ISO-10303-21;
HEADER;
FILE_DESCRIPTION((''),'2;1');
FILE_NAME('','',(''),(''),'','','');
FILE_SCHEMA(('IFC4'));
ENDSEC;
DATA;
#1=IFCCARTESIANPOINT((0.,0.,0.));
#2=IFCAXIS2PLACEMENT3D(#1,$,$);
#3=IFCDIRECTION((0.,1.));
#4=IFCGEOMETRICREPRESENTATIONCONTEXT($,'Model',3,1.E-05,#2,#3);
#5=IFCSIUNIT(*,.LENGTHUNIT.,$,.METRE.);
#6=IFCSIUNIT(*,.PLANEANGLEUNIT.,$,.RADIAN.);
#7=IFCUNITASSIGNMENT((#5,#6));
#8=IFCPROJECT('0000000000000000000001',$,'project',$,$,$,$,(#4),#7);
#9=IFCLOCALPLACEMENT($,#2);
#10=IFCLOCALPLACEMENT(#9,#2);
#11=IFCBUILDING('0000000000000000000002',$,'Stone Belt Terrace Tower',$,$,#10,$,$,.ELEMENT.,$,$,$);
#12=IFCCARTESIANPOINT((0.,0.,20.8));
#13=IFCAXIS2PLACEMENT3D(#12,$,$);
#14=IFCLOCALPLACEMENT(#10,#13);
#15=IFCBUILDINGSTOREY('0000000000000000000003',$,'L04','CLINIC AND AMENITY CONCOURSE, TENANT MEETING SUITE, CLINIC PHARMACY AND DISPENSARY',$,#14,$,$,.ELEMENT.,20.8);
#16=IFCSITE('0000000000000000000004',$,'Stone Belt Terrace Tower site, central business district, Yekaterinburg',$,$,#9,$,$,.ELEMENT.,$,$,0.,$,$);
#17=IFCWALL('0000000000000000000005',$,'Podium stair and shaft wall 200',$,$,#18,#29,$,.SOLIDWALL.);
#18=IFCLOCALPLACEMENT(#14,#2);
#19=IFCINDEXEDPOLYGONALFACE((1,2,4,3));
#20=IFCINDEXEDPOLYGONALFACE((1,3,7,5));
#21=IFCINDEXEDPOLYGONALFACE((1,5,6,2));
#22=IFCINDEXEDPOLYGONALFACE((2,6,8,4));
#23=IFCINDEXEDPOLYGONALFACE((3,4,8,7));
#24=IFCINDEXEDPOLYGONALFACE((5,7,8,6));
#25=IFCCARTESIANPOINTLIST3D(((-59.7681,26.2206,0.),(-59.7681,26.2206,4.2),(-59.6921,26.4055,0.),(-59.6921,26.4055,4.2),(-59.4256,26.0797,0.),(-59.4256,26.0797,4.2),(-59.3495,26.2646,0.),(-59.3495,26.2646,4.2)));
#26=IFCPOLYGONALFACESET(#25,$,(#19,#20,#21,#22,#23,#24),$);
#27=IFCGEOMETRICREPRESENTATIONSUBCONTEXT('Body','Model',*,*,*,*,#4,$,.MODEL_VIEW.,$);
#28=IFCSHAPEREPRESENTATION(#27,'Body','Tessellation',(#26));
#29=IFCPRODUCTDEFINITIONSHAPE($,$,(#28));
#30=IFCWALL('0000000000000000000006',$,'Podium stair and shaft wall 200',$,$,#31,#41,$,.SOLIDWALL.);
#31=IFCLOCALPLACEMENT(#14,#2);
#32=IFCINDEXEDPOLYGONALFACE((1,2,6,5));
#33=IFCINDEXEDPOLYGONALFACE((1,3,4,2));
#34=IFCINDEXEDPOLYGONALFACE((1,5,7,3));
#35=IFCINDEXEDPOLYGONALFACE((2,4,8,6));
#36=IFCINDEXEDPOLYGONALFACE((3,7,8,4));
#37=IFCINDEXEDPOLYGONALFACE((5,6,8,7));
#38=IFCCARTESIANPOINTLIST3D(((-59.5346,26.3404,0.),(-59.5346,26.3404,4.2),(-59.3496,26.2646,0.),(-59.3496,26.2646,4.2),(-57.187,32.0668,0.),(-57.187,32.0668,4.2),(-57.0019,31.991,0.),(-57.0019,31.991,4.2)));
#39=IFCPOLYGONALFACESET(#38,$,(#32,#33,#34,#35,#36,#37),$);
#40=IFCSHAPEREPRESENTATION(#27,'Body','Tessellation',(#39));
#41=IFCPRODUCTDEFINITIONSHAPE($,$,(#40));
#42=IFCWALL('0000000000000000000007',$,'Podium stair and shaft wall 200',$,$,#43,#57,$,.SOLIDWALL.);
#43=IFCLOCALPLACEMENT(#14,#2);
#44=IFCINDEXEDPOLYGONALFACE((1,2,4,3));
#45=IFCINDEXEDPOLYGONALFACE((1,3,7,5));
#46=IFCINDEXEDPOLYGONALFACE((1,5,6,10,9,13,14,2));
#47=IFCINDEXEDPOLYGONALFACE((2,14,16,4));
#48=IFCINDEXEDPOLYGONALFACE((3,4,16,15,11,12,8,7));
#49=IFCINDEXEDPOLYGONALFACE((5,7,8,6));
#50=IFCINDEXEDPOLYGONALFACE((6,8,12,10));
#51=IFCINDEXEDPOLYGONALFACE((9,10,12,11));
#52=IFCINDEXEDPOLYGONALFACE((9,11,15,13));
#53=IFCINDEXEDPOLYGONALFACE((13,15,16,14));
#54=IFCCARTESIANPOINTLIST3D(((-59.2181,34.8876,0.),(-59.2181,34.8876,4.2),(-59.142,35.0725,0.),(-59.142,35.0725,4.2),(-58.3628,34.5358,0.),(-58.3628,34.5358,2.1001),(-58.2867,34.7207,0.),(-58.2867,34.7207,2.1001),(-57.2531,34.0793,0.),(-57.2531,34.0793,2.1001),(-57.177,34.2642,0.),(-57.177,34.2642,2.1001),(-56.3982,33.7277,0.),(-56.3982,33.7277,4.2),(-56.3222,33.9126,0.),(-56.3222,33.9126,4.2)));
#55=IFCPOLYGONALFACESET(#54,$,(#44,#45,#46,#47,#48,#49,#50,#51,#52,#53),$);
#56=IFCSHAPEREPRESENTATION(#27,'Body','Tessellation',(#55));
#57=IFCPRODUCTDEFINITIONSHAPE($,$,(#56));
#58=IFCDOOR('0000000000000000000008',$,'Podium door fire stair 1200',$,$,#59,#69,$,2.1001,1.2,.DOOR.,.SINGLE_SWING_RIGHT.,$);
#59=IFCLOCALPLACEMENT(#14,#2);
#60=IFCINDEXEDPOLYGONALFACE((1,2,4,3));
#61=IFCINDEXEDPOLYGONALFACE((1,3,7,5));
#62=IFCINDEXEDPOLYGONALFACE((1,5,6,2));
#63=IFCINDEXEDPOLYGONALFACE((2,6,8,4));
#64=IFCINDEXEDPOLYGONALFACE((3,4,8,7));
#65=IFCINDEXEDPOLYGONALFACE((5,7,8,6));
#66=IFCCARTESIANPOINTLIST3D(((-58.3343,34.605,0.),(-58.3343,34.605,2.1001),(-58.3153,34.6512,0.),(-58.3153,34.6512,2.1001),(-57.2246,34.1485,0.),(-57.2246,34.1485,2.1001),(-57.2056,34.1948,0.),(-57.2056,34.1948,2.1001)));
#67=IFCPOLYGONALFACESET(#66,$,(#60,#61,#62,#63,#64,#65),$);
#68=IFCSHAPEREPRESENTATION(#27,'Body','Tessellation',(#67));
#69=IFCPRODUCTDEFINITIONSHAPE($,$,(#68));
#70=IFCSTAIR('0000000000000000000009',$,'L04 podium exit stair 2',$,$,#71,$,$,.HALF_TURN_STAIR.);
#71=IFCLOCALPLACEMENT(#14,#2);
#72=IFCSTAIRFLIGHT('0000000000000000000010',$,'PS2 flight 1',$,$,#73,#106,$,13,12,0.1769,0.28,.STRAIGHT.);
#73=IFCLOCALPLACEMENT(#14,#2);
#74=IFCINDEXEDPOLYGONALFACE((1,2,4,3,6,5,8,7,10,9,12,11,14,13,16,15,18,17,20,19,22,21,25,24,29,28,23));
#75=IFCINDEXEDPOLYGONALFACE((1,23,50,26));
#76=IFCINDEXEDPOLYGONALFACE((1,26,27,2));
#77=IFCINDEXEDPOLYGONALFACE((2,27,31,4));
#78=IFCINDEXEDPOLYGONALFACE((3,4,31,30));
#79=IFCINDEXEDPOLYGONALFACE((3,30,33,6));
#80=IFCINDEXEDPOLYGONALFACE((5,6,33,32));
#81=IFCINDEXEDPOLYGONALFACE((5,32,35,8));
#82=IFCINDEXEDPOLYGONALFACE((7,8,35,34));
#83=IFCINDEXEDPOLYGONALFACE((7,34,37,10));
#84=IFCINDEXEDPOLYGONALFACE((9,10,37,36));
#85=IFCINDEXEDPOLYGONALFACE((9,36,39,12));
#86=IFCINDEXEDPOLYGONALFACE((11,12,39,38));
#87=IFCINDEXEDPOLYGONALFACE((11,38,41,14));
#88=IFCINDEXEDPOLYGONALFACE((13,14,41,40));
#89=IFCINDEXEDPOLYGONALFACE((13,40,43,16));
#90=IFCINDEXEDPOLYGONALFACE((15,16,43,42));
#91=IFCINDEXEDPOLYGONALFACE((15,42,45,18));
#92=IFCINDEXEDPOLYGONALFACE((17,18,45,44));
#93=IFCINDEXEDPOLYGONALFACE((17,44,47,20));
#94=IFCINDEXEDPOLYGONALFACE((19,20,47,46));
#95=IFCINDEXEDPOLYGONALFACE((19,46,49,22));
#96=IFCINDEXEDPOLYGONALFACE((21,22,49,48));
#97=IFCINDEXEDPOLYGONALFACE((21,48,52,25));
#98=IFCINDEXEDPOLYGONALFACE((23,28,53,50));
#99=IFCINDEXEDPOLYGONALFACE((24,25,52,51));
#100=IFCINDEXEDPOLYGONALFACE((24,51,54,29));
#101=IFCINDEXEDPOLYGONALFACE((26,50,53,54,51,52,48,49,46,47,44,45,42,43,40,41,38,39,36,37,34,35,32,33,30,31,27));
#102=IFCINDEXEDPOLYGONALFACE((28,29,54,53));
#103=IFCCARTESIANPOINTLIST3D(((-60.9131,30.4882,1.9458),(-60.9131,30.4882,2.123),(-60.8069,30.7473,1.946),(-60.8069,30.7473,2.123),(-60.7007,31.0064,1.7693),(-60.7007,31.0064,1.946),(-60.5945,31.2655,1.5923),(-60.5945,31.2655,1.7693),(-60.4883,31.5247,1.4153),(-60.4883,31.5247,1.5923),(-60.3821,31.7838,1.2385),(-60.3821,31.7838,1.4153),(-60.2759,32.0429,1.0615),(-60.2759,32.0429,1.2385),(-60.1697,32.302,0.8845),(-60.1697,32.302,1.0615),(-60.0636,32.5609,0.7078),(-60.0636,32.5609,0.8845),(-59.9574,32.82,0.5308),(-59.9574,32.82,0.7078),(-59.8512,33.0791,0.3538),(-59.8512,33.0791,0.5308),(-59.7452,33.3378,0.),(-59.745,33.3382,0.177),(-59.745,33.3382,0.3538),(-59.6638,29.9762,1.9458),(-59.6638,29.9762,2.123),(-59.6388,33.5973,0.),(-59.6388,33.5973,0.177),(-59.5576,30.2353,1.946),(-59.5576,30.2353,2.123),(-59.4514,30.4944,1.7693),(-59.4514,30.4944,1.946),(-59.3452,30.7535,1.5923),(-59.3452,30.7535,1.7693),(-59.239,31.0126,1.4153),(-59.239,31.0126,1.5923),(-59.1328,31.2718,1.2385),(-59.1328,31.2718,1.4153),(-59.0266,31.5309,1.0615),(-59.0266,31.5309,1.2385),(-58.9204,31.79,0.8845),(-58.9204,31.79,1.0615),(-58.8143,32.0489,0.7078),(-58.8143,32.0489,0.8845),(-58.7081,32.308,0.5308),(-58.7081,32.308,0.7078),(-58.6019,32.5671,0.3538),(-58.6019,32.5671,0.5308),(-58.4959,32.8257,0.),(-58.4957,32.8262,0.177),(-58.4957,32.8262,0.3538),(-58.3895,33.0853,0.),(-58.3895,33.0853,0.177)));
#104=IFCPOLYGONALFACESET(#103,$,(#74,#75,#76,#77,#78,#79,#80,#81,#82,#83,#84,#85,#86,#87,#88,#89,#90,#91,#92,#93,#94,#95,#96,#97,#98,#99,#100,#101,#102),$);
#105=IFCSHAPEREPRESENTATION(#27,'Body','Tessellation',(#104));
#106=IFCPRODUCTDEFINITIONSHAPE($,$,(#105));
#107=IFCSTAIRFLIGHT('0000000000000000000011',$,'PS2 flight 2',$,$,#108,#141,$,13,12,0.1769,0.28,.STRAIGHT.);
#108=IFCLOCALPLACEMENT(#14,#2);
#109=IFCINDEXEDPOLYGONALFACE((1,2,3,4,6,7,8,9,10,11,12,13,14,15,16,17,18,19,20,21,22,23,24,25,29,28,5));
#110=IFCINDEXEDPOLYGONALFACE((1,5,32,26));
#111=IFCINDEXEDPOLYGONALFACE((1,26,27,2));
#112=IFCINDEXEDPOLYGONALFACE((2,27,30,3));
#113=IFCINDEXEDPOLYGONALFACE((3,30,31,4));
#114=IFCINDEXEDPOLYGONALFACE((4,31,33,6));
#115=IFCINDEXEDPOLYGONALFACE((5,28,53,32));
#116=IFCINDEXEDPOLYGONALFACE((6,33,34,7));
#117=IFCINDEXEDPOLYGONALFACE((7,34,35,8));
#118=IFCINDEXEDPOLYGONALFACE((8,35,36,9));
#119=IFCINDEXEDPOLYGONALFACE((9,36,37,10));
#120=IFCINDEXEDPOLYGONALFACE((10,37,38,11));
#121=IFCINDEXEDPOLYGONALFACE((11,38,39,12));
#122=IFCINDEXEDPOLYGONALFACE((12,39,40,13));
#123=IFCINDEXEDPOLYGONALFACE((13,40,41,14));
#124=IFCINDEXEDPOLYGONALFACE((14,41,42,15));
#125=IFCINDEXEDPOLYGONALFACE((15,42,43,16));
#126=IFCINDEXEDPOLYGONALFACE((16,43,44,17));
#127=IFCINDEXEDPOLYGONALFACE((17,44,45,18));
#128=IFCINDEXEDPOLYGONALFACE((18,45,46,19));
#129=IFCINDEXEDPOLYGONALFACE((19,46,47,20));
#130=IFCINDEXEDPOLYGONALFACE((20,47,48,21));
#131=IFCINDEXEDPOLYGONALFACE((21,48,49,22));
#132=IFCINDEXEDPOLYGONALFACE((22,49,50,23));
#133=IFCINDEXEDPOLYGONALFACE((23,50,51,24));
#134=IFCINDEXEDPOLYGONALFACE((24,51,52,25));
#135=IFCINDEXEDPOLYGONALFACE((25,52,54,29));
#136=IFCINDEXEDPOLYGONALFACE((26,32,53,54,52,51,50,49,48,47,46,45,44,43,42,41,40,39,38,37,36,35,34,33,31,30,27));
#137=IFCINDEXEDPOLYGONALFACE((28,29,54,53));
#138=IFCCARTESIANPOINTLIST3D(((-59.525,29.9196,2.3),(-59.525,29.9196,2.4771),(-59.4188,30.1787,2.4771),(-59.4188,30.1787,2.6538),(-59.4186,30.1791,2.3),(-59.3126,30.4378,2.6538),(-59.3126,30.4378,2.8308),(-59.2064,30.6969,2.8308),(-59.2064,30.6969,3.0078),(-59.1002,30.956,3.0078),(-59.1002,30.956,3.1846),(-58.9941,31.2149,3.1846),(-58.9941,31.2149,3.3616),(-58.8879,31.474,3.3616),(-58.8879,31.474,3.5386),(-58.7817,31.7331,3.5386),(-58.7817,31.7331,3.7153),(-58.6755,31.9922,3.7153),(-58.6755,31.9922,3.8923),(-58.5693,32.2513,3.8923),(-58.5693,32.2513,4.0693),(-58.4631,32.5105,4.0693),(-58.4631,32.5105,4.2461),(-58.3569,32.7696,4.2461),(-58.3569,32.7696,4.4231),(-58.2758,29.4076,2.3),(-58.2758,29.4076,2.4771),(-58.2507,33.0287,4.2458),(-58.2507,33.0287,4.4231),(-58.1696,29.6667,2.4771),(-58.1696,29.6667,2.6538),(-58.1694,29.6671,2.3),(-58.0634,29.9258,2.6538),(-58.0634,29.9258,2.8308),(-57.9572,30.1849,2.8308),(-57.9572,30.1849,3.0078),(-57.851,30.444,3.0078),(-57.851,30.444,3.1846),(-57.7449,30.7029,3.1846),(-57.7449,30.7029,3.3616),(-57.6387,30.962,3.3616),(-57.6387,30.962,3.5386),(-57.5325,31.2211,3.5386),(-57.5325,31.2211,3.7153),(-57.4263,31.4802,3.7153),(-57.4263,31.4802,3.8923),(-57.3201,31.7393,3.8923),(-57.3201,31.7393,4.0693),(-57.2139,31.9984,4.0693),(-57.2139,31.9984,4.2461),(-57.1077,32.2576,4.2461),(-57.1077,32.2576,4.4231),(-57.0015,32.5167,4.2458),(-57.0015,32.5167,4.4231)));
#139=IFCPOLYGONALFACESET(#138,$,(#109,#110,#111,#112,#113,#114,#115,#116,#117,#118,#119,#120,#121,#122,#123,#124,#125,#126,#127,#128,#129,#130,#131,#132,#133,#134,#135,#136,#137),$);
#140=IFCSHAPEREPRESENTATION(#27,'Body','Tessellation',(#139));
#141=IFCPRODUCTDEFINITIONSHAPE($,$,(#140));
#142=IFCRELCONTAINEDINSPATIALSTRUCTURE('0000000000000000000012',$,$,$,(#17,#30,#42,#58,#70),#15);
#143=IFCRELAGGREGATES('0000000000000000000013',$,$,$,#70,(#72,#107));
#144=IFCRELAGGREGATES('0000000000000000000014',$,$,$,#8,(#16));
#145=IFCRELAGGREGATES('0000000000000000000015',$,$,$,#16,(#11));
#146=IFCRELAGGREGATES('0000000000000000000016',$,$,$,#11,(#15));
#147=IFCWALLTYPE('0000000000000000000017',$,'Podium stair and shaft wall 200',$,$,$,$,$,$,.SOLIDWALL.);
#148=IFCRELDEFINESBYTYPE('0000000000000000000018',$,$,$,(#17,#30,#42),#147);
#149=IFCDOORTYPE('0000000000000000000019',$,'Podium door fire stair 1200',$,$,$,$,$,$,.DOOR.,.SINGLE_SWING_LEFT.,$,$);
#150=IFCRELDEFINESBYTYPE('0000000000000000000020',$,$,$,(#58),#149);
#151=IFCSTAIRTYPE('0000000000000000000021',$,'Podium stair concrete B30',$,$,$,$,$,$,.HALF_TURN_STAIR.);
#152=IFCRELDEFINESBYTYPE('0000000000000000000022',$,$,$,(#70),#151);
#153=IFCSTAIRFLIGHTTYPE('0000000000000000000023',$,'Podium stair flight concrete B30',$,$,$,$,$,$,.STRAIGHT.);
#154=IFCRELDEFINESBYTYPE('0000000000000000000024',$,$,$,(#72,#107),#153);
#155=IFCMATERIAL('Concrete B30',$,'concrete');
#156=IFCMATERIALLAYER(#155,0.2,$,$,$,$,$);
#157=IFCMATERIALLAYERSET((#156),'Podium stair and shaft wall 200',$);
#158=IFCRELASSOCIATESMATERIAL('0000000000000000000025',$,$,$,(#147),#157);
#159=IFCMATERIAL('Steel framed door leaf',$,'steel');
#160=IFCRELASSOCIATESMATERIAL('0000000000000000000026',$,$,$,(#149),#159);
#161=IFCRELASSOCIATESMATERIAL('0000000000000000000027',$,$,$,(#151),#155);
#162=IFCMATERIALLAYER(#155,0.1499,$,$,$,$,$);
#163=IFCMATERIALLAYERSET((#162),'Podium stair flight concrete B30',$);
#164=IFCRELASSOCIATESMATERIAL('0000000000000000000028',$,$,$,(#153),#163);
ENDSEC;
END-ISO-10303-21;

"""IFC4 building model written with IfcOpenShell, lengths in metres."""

from ifc_helpers import new_model, si_unit, direction, frame, frame_2d, origin, place, context, subcontext, project, spatial, polyline, rectangle, outline, extrude, material, layer, layer_set, type_object, element, fill, aggregate, save


model = new_model("IFC4")

# Units and contexts
model_context = context("Model", 3, precision=1e-05, world=origin(), true_north=direction((0.0, 1.0)))
body_context = subcontext(model_context, "Body", "Model", "MODEL_VIEW")
ifc_project = project(units=[si_unit("LENGTHUNIT", "METRE"), si_unit("PLANEANGLEUNIT", "RADIAN")], contexts=[model_context])

# Site, building, storey
site_placement = place(None, origin())
site = spatial("IfcSite", under=ifc_project, at=site_placement, Name="Stone Belt Terrace Tower site, central business district, Yekaterinburg", CompositionType="ELEMENT", RefElevation=0.0)
building_placement = place(site_placement, origin())
building = spatial("IfcBuilding", under=site, at=building_placement, Name="Stone Belt Terrace Tower", CompositionType="ELEMENT")
storey_placement = place(building_placement, frame((0.0, 0.0, 20.8)))
storey = spatial("IfcBuildingStorey", under=building, at=storey_placement, Name="L04", Description="CLINIC AND AMENITY CONCOURSE, TENANT MEETING SUITE, CLINIC PHARMACY AND DISPENSARY", CompositionType="ELEMENT", Elevation=20.8)

# Shared definitions
ifc_material_1 = material(Name="Steel framed door leaf", Category="steel")

# Walls
ifc_material_2 = material(Name="Concrete B30", Category="concrete")
ifc_layer_1 = layer(ifc_material_2, 0.2)
ifc_layer_set_1 = layer_set([ifc_layer_1], Name="Podium stair and shaft wall 200")
wall_type_1 = type_object("IfcWallType", Name="Podium stair and shaft wall 200", PredefinedType="SOLIDWALL", material=ifc_layer_set_1)
wall_1_placement = place(storey_placement, frame((-59.73, 26.313, 0.0), z_axis=(0.0, 0.0, 1.0), x_axis=(0.924842, -0.380352, 0.0)))
element("IfcWall", 1, at=wall_1_placement, inside=storey, type_object=wall_type_1, Name="Podium stair and shaft wall 200", PredefinedType="SOLIDWALL", context=body_context, shape_type="SweptSolid", body=[
    extrude(rectangle(XDim=0.3704, YDim=0.2, at=frame_2d((0.1851, 0.0))), origin(), (0.0, 0.0, 1.0), 4.2),
])
wall_2_placement = place(storey_placement, frame((-59.4421, 26.3025, 0.0), z_axis=(0.0, 0.0, 1.0), x_axis=(0.379335, 0.92526, 0.0)))
element("IfcWall", 2, at=wall_2_placement, inside=storey, type_object=wall_type_1, Name="Podium stair and shaft wall 200", PredefinedType="SOLIDWALL", context=body_context, shape_type="SweptSolid", body=[
    extrude(rectangle(XDim=6.189, YDim=0.2, at=frame_2d((3.0945, 0.0))), origin(), (0.0, 0.0, 1.0), 4.2),
])

# Wall, opening, door
wall_3_placement = place(storey_placement, frame((-59.1799, 34.98, 0.0), z_axis=(0.0, 0.0, 1.0), x_axis=(0.924816, -0.380416, 0.0)))
wall_3 = element("IfcWall", 3, at=wall_3_placement, inside=storey, type_object=wall_type_1, Name="Podium stair and shaft wall 200", PredefinedType="SOLIDWALL", context=body_context, shape_type="SweptSolid", body=[
    extrude(rectangle(XDim=3.0491, YDim=0.2, at=frame_2d((1.5244, 0.0))), origin(), (0.0, 0.0, 1.0), 4.2),
])
opening_1_placement = place(wall_3_placement, frame((0.9246, 0.0, 0.0)))
opening_1 = element("IfcOpeningElement", 4, at=opening_1_placement, cuts=wall_3, PredefinedType="OPENING", context=body_context, shape_type="SweptSolid", body=[
    extrude(rectangle(XDim=1.2, YDim=2.1001, at=frame_2d((0.6001, 1.05))), frame((0.0, 0.1099, 0.0), z_axis=(0.0, -1.0, 0.0), x_axis=(1.0, 0.0, 0.0)), (0.0, 0.0, 1.0), 0.22),
])
door_type_1 = type_object("IfcDoorType", Name="Podium door fire stair 1200", OperationType="SINGLE_SWING_LEFT", PredefinedType="DOOR", material=ifc_material_1)
door_1_placement = place(opening_1_placement, origin())
door_1 = element("IfcDoor", 5, at=door_1_placement, inside=storey, type_object=door_type_1, Name="Podium door fire stair 1200", OperationType="SINGLE_SWING_RIGHT", OverallHeight=2.1001, OverallWidth=1.2, PredefinedType="DOOR", context=body_context, shape_type="SweptSolid", body=[
    extrude(rectangle(XDim=1.2, YDim=2.1001, at=frame_2d((0.6001, 1.05))), frame((0.0, 0.0249, 0.0), z_axis=(0.0, -1.0, 0.0), x_axis=(1.0, 0.0, 0.0)), (0.0, 0.0, 1.0), 0.05),
])
fill(opening_1, door_1)

# Stair, stair flights
stair_type = type_object("IfcStairType", Name="Podium stair concrete B30", PredefinedType="HALF_TURN_STAIR", material=ifc_material_2)
stair_placement = place(storey_placement, origin())
stair = element("IfcStair", 6, at=stair_placement, inside=storey, type_object=stair_type, Name="L04 podium exit stair 2", PredefinedType="HALF_TURN_STAIR")
ifc_layer_2 = layer(ifc_material_2, 0.1499)
ifc_layer_set_2 = layer_set([ifc_layer_2], Name="Podium stair flight concrete B30")
stair_flight_type = type_object("IfcStairFlightType", Name="Podium stair flight concrete B30", PredefinedType="STRAIGHT", material=ifc_layer_set_2)
stair_flight_1_placement = place(storey_placement, frame((-59.0142, 33.3413, 0.0), z_axis=(0.0, 0.0, 1.0), x_axis=(-0.379243, -0.925297, 0.0)))
stair_flight_1 = element("IfcStairFlight", 7, at=stair_flight_1_placement, type_object=stair_flight_type, Name="PS2 flight 1", NumberOfRisers=13, NumberOfTreads=12, PredefinedType="STRAIGHT", RiserHeight=0.1769, TreadLength=0.28, context=body_context, shape_type="SweptSolid", body=[
    extrude(outline(polyline([(0.0, 0.0), (0.0, 0.177), (0.28, 0.177), (0.28, 0.3538), (0.5601, 0.3538), (0.5601, 0.5308), (0.8401, 0.5308), (0.8401, 0.7078), (1.1201, 0.7078), (1.1201, 0.8845), (1.3999, 0.8845), (1.3999, 1.0615), (1.6799, 1.0615), (1.6799, 1.2385), (1.96, 1.2385), (1.96, 1.4153), (2.24, 1.4153), (2.24, 1.5923), (2.52, 1.5923), (2.52, 1.7693), (2.8, 1.7693), (2.8, 1.946), (3.0801, 1.946), (3.0801, 2.123), (3.3601, 2.123), (3.3601, 2.3), (3.3601, 1.9458), (0.2805, 0.0), (0.0, 0.0)])), frame((0.0, 0.675, 0.0), z_axis=(0.0, -1.0, 0.0), x_axis=(1.0, 0.0, 0.0)), (0.0, 0.0, 1.0), 1.3501),
])
stair_flight_2_placement = place(storey_placement, frame((-58.9004, 29.6636, 2.3), z_axis=(0.0, 0.0, 1.0), x_axis=(0.379243, 0.925297, 0.0)))
stair_flight_2 = element("IfcStairFlight", 8, at=stair_flight_2_placement, type_object=stair_flight_type, Name="PS2 flight 2", NumberOfRisers=13, NumberOfTreads=12, PredefinedType="STRAIGHT", RiserHeight=0.1769, TreadLength=0.28, context=body_context, shape_type="SweptSolid", body=[
    extrude(outline(polyline([(0.0, 0.0), (0.0, 0.177), (0.28, 0.177), (0.28, 0.3538), (0.5601, 0.3538), (0.5601, 0.5308), (0.8401, 0.5308), (0.8401, 0.7078), (1.1201, 0.7078), (1.1201, 0.8845), (1.3999, 0.8845), (1.3999, 1.0615), (1.6799, 1.0615), (1.6799, 1.2385), (1.96, 1.2385), (1.96, 1.4153), (2.24, 1.4153), (2.24, 1.5923), (2.52, 1.5923), (2.52, 1.7693), (2.8, 1.7693), (2.8, 1.946), (3.0801, 1.946), (3.0801, 2.123), (3.3601, 2.123), (3.3601, 2.3), (3.3601, 1.9458), (0.2805, 0.0), (0.0, 0.0)])), frame((0.0, 0.675, 0.0), z_axis=(0.0, -1.0, 0.0), x_axis=(1.0, 0.0, 0.0)), (0.0, 0.0, 1.0), 1.3501),
])
aggregate(stair, [stair_flight_1, stair_flight_2])

save(model, "model.ifc")
